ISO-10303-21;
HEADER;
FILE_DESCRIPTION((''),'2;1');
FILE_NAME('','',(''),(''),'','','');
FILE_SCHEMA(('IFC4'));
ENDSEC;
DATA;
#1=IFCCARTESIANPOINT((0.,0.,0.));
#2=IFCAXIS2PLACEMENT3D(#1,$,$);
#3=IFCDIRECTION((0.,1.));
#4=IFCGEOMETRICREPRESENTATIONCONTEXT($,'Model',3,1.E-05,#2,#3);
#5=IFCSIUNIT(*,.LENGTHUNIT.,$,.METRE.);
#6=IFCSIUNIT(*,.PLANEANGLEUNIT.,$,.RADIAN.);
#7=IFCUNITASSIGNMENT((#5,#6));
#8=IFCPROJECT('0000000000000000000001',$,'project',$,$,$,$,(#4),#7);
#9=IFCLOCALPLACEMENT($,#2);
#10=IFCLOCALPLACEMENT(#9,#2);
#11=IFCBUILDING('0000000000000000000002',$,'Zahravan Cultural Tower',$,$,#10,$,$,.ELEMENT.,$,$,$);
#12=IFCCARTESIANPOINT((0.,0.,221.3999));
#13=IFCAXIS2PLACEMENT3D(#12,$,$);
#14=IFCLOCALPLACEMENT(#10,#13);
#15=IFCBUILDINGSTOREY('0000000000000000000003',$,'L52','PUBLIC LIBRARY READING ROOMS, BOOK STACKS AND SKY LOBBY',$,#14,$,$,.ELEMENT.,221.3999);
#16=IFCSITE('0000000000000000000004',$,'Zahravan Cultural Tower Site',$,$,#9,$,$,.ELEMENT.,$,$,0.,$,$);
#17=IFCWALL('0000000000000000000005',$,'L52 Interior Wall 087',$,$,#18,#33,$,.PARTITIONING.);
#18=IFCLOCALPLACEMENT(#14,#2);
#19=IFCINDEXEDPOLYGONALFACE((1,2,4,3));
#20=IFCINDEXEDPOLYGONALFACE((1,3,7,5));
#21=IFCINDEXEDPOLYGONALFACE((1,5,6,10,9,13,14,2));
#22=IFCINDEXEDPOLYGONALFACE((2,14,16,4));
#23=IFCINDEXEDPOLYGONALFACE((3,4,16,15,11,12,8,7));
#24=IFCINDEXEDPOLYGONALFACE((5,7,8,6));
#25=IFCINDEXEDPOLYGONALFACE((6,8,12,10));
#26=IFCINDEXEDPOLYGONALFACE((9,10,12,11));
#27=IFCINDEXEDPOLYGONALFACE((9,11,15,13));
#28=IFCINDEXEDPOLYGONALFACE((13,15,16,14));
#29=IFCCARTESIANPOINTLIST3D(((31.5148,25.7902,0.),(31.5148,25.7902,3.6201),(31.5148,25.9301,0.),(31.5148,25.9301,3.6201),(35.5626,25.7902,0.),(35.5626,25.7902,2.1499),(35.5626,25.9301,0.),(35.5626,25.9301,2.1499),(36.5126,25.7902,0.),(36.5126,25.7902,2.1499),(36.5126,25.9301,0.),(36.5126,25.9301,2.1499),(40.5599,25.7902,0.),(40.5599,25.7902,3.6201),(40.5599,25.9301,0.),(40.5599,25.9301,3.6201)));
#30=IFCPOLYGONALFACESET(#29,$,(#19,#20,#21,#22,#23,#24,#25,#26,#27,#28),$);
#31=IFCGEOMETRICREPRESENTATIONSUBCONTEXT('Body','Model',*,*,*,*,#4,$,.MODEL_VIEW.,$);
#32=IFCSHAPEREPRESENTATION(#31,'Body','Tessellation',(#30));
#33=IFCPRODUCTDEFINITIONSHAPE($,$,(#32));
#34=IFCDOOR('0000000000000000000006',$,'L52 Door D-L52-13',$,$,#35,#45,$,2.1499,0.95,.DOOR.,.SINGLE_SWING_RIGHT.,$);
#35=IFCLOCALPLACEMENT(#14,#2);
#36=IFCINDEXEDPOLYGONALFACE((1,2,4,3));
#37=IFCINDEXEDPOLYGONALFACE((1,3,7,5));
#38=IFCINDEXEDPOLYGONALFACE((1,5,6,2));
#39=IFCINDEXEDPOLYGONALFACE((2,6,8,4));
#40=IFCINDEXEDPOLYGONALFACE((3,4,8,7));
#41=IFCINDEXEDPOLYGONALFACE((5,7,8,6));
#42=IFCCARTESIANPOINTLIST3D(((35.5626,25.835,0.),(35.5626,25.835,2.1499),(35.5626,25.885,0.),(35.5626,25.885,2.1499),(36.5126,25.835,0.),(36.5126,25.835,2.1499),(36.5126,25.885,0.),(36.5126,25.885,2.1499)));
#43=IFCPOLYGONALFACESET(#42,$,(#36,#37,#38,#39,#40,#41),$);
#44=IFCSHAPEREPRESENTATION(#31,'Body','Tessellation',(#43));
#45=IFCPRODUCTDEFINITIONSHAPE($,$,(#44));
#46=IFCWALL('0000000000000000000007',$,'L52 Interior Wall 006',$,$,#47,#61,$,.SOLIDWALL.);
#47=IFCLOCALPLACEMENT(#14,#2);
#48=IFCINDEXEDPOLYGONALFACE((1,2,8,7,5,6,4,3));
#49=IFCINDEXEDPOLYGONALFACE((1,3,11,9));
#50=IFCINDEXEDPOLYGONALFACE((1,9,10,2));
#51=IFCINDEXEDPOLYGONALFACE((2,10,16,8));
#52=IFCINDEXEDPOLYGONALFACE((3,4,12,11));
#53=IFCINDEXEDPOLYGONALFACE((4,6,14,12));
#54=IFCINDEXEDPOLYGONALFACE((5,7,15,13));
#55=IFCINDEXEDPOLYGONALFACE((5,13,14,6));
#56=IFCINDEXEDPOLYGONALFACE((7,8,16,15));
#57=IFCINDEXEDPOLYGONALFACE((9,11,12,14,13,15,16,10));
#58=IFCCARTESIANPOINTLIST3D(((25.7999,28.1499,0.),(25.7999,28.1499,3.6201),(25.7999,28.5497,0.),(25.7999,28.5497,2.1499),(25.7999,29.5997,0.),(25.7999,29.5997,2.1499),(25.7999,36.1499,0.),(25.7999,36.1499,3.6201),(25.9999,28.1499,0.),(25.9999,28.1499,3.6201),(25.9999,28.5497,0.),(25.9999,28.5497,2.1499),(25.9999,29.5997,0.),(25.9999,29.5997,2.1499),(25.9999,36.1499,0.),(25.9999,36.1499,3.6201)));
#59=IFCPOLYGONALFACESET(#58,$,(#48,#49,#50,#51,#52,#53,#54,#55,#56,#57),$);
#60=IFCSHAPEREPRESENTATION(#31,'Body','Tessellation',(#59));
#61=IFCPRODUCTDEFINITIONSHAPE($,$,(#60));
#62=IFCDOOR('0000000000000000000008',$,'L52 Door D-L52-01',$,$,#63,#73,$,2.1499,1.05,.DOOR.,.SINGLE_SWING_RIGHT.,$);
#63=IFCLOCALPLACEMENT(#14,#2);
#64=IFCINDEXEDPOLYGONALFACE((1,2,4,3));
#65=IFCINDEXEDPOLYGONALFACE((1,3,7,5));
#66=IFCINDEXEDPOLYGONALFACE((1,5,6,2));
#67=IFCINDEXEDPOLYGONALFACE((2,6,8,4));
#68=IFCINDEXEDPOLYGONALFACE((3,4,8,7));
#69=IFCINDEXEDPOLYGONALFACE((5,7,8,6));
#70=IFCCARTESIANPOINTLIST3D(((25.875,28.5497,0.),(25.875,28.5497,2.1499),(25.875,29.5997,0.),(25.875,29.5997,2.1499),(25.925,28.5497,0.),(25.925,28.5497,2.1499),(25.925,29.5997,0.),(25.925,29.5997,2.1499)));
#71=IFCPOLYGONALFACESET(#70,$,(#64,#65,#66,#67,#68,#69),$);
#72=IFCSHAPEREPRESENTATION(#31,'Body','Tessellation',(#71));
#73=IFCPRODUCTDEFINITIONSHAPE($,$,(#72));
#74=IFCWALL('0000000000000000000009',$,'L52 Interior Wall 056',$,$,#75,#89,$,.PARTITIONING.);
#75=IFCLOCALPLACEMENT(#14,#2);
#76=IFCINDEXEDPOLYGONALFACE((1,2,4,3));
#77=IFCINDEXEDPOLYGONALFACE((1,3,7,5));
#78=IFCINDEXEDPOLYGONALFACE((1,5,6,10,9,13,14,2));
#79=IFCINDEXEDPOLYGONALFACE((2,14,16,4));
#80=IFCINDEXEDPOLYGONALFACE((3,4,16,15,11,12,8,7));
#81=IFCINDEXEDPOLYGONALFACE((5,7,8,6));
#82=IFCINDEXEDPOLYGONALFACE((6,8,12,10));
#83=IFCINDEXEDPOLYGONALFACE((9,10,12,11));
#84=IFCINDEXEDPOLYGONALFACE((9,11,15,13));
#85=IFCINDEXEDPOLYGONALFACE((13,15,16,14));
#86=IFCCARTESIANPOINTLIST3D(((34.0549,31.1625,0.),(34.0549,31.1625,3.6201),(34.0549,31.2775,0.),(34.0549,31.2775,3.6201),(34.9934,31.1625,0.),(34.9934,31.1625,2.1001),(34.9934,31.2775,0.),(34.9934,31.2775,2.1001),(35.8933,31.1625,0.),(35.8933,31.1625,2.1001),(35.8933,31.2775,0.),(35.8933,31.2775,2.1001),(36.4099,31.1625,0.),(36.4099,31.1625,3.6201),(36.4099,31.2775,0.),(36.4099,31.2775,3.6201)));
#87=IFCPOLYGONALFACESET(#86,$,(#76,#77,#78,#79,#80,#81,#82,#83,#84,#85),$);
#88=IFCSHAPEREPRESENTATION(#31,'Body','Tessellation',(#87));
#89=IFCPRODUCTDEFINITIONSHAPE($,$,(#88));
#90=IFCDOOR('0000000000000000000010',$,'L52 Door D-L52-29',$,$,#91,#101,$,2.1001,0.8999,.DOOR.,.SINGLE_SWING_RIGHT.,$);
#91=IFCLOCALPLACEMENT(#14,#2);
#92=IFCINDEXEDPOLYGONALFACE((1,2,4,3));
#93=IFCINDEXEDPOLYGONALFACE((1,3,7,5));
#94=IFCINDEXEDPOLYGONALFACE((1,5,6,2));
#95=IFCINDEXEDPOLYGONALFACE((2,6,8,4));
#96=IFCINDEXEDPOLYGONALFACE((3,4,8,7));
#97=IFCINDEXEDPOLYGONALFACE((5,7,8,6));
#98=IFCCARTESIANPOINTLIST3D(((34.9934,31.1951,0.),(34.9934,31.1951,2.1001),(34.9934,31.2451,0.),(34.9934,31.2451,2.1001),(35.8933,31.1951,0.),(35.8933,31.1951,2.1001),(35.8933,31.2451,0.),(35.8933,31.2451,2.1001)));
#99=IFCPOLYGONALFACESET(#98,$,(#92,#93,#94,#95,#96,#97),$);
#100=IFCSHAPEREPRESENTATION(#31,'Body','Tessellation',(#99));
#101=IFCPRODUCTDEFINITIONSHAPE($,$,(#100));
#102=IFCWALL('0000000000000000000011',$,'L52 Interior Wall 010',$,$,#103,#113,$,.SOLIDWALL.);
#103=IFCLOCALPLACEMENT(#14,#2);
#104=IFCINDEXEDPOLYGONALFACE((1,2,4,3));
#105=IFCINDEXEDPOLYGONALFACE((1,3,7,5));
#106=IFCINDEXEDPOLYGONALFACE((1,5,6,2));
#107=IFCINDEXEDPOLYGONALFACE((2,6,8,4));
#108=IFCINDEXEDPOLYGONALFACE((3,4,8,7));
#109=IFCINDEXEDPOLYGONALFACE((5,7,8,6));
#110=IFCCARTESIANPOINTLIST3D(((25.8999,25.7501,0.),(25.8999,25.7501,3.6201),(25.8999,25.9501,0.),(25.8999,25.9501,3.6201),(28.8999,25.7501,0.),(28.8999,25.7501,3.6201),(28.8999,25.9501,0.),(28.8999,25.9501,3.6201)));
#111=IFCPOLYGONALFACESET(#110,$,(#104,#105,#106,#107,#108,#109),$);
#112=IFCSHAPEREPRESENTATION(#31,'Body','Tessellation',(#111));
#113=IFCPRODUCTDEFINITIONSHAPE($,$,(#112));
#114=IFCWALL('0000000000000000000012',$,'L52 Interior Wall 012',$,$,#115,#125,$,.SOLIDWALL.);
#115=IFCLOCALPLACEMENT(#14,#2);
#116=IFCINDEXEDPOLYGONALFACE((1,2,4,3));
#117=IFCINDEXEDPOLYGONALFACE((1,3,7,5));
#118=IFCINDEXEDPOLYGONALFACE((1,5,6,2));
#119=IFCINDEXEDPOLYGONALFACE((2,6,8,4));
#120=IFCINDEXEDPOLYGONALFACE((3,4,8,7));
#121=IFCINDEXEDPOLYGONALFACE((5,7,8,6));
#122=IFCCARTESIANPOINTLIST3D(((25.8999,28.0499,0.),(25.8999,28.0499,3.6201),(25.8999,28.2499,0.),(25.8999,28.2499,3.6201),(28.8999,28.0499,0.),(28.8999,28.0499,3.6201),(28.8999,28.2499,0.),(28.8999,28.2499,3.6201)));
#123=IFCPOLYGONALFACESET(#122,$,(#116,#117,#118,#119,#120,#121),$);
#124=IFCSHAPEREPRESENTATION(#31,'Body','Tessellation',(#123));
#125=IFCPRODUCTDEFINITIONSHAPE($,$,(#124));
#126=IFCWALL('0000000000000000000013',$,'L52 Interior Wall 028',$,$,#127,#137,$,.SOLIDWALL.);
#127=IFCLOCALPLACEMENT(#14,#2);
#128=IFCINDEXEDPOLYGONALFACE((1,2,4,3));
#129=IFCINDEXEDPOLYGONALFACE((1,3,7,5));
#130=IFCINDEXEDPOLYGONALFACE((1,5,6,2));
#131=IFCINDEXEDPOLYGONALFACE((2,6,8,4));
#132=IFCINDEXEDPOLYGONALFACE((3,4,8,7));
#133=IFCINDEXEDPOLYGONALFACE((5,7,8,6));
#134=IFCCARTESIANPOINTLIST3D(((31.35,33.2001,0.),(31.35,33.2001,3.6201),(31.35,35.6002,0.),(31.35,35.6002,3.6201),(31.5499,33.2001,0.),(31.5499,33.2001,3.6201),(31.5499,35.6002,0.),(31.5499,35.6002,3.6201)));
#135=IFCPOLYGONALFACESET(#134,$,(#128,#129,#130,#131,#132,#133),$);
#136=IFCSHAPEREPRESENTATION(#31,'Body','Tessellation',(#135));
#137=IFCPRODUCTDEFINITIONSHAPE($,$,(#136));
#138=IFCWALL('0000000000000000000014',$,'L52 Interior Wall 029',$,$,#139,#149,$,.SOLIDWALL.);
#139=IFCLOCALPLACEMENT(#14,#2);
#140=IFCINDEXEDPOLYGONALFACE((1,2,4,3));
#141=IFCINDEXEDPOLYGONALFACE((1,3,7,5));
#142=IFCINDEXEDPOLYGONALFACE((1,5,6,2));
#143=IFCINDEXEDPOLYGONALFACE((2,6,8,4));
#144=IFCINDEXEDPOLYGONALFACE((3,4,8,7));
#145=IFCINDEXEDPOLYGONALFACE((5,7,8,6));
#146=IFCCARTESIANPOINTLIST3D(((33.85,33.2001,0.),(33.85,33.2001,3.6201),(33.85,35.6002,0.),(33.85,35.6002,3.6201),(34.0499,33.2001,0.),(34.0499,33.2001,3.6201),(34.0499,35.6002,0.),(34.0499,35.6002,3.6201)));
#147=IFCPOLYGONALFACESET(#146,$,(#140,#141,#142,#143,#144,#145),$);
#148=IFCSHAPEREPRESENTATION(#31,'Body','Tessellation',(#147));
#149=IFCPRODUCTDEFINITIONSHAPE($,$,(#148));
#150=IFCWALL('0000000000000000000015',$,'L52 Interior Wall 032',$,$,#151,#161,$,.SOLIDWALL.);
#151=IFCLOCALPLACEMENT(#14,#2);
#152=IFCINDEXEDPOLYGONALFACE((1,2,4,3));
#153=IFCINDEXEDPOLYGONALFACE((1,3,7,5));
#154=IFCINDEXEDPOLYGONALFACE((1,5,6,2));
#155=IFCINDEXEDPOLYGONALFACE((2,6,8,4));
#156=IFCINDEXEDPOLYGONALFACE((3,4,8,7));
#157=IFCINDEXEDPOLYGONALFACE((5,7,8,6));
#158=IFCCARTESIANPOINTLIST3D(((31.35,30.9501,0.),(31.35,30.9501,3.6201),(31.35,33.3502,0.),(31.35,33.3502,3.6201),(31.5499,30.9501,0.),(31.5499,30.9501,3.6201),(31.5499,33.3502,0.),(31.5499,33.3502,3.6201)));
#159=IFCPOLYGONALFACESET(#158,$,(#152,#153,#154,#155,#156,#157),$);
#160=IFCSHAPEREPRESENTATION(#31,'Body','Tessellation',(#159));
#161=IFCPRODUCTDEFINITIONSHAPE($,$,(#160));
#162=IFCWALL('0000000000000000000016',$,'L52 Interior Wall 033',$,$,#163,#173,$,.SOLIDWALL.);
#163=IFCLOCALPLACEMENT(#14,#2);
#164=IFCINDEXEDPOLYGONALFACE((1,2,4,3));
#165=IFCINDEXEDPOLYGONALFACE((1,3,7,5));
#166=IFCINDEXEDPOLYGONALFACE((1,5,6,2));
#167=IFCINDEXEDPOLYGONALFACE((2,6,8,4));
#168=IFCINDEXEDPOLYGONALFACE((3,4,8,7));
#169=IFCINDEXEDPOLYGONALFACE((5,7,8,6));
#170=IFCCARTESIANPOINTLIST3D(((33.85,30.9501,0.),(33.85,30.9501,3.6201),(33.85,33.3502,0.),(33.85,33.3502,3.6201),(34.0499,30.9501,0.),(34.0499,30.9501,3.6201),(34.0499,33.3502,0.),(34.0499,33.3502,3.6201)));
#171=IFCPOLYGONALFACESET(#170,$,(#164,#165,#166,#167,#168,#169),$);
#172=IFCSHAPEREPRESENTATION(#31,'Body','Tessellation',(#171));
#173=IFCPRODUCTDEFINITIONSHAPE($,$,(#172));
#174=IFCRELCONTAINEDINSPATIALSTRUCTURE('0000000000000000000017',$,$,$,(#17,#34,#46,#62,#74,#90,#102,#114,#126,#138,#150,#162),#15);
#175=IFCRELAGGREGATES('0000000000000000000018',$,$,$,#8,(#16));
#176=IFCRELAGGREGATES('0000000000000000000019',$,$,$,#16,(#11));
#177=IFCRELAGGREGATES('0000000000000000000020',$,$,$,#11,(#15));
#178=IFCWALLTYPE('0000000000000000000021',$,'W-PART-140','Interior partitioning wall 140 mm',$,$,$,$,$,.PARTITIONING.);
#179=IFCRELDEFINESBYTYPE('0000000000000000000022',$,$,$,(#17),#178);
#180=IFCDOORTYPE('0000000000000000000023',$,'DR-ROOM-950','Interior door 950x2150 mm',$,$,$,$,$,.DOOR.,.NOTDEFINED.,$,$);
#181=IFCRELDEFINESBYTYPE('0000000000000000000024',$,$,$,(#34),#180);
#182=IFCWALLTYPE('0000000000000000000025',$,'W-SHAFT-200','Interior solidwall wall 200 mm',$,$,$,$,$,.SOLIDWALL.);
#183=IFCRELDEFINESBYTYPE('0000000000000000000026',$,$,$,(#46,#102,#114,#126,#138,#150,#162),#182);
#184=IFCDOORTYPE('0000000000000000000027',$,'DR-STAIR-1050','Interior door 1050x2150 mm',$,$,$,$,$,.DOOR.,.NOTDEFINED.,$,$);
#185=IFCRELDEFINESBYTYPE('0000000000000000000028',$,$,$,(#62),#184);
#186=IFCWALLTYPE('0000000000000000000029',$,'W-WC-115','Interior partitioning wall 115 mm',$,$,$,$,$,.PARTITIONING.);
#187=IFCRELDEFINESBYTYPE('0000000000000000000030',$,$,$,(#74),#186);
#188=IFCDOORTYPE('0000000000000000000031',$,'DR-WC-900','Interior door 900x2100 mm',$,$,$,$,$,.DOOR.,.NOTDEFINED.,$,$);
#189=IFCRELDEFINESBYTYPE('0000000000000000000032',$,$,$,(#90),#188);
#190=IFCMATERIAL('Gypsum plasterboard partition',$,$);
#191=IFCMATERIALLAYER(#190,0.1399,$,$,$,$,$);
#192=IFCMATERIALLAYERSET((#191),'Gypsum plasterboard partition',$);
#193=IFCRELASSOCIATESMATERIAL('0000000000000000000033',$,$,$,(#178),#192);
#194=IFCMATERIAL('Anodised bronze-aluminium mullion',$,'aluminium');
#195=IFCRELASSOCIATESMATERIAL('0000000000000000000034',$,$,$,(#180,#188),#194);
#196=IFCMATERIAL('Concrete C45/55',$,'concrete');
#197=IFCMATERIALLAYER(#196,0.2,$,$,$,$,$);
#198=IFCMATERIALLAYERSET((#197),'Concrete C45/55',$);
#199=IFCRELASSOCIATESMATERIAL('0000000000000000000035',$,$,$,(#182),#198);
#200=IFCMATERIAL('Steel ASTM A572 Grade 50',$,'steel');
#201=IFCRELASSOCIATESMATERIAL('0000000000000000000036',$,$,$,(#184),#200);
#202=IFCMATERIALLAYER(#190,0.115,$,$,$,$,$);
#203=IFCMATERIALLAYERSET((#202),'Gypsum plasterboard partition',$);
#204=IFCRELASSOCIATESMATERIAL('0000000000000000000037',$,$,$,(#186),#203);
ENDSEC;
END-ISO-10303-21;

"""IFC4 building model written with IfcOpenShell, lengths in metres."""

from ifc_helpers import new_model, si_unit, direction, frame, frame_2d, origin, place, context, subcontext, project, spatial, rectangle, extrude, source, transform, mapped, material, layer, layer_set, type_object, element, fill, save


model = new_model("IFC4")

# Units and contexts
model_context = context("Model", 3, precision=1e-05, world=origin(), true_north=direction((0.0, 1.0)))
body_context = subcontext(model_context, "Body", "Model", "MODEL_VIEW")
ifc_project = project(units=[si_unit("LENGTHUNIT", "METRE"), si_unit("PLANEANGLEUNIT", "RADIAN")], contexts=[model_context])

# Site, building, storey
site_placement = place(None, origin())
site = spatial("IfcSite", under=ifc_project, at=site_placement, Name="Zahravan Cultural Tower Site", CompositionType="ELEMENT", RefElevation=0.0)
building_placement = place(site_placement, origin())
building = spatial("IfcBuilding", under=site, at=building_placement, Name="Zahravan Cultural Tower", CompositionType="ELEMENT")
storey_placement = place(building_placement, frame((0.0, 0.0, 221.3999)))
storey = spatial("IfcBuildingStorey", under=building, at=storey_placement, Name="L52", Description="PUBLIC LIBRARY READING ROOMS, BOOK STACKS AND SKY LOBBY", CompositionType="ELEMENT", Elevation=221.3999)

# Walls, openings, doors
ifc_material_1 = material(Name="Steel ASTM A572 Grade 50", Category="steel")
ifc_material_2 = material(Name="Gypsum plasterboard partition")
ifc_layer_1 = layer(ifc_material_2, 0.1399)
ifc_layer_set_1 = layer_set([ifc_layer_1], Name="Gypsum plasterboard partition")
wall_type_1 = type_object("IfcWallType", Name="W-PART-140", Description="Interior partitioning wall 140 mm", PredefinedType="PARTITIONING", material=ifc_layer_set_1)
ifc_material_3 = material(Name="Anodised bronze-aluminium mullion", Category="aluminium")
door_type_1 = type_object("IfcDoorType", Name="DR-ROOM-950", Description="Interior door 950x2150 mm", OperationType="NOTDEFINED", PredefinedType="DOOR", material=ifc_material_3)
shared_shape_1 = source(origin(), body_context, "Body", "SweptSolid", [
    extrude(rectangle(XDim=0.95, YDim=2.1499, at=frame_2d((0.4751, 1.075))), frame((0.0, 0.0249, 0.0), z_axis=(0.0, -1.0, 0.0), x_axis=(1.0, 0.0, 0.0)), (0.0, 0.0, 1.0), 0.05),
])
wall_1_placement = place(storey_placement, frame((31.5149, 25.8601, 0.0), z_axis=(0.0, 0.0, 1.0), x_axis=(1.0, 0.0, 0.0)))
wall_1 = element("IfcWall", 1, at=wall_1_placement, inside=storey, type_object=wall_type_1, Name="L52 Interior Wall 087", PredefinedType="PARTITIONING", context=body_context, shape_type="SweptSolid", body=[
    extrude(rectangle(XDim=9.0452, YDim=0.1399, at=frame_2d((4.5225, 0.0))), origin(), (0.0, 0.0, 1.0), 3.6201),
])
opening_1_placement = place(wall_1_placement, frame((4.0476, 0.0, 0.0)))
opening_1 = element("IfcOpeningElement", 2, at=opening_1_placement, cuts=wall_1, PredefinedType="OPENING", context=body_context, shape_type="SweptSolid", body=[
    extrude(rectangle(XDim=0.95, YDim=2.1499, at=frame_2d((0.4751, 1.075))), frame((0.0, 0.0798, 0.0), z_axis=(0.0, -1.0, 0.0), x_axis=(1.0, 0.0, 0.0)), (0.0, 0.0, 1.0), 0.1599),
])
door_1_placement = place(opening_1_placement, origin())
door_1 = element("IfcDoor", 3, at=door_1_placement, inside=storey, type_object=door_type_1, Name="L52 Door D-L52-13", OperationType="SINGLE_SWING_RIGHT", OverallHeight=2.1499, OverallWidth=0.95, PredefinedType="DOOR", context=body_context, shape_type="MappedRepresentation", body=[
    mapped(shared_shape_1, transform((0.0, 0.0, 0.0), x_axis=(1.0, 0.0, 0.0), y_axis=(0.0, 1.0, 0.0), z_axis=(0.0, 0.0, 1.0), scale=1.0)),
])
fill(opening_1, door_1)
ifc_material_4 = material(Name="Concrete C45/55", Category="concrete")
ifc_layer_2 = layer(ifc_material_4, 0.2)
ifc_layer_set_2 = layer_set([ifc_layer_2], Name="Concrete C45/55")
wall_type_2 = type_object("IfcWallType", Name="W-SHAFT-200", Description="Interior solidwall wall 200 mm", PredefinedType="SOLIDWALL", material=ifc_layer_set_2)
wall_2_placement = place(storey_placement, frame((25.8999, 28.1499, 0.0), z_axis=(0.0, 0.0, 1.0), x_axis=(0.0, 1.0, 0.0)))
wall_2 = element("IfcWall", 4, at=wall_2_placement, inside=storey, type_object=wall_type_2, Name="L52 Interior Wall 006", PredefinedType="SOLIDWALL", context=body_context, shape_type="SweptSolid", body=[
    extrude(rectangle(XDim=8.0, YDim=0.2, at=frame_2d((4.0, 0.0))), origin(), (0.0, 0.0, 1.0), 3.6201),
])
opening_2_placement = place(wall_2_placement, frame((0.3999, 0.0, 0.0)))
opening_2 = element("IfcOpeningElement", 5, at=opening_2_placement, cuts=wall_2, PredefinedType="OPENING", context=body_context, shape_type="SweptSolid", body=[
    extrude(rectangle(XDim=1.05, YDim=2.1499, at=frame_2d((0.5249, 1.075))), frame((0.0, 0.1099, 0.0), z_axis=(0.0, -1.0, 0.0), x_axis=(1.0, 0.0, 0.0)), (0.0, 0.0, 1.0), 0.22),
])
door_type_2 = type_object("IfcDoorType", Name="DR-STAIR-1050", Description="Interior door 1050x2150 mm", OperationType="NOTDEFINED", PredefinedType="DOOR", material=ifc_material_1)
shared_shape_2 = source(origin(), body_context, "Body", "SweptSolid", [
    extrude(rectangle(XDim=1.05, YDim=2.1499, at=frame_2d((0.5249, 1.075))), frame((0.0, 0.0249, 0.0), z_axis=(0.0, -1.0, 0.0), x_axis=(1.0, 0.0, 0.0)), (0.0, 0.0, 1.0), 0.05),
])
door_2_placement = place(opening_2_placement, origin())
door_2 = element("IfcDoor", 6, at=door_2_placement, inside=storey, type_object=door_type_2, Name="L52 Door D-L52-01", OperationType="SINGLE_SWING_RIGHT", OverallHeight=2.1499, OverallWidth=1.05, PredefinedType="DOOR", context=body_context, shape_type="MappedRepresentation", body=[
    mapped(shared_shape_2, transform((0.0, 0.0, 0.0), x_axis=(1.0, 0.0, 0.0), y_axis=(0.0, 1.0, 0.0), z_axis=(0.0, 0.0, 1.0), scale=1.0)),
])
fill(opening_2, door_2)
ifc_layer_3 = layer(ifc_material_2, 0.115)
ifc_layer_set_3 = layer_set([ifc_layer_3], Name="Gypsum plasterboard partition")
wall_type_3 = type_object("IfcWallType", Name="W-WC-115", Description="Interior partitioning wall 115 mm", PredefinedType="PARTITIONING", material=ifc_layer_set_3)
wall_3_placement = place(storey_placement, frame((36.4099, 31.22, 0.0), z_axis=(0.0, 0.0, 1.0), x_axis=(-1.0, 0.0, 0.0)))
wall_3 = element("IfcWall", 7, at=wall_3_placement, inside=storey, type_object=wall_type_3, Name="L52 Interior Wall 056", PredefinedType="PARTITIONING", context=body_context, shape_type="SweptSolid", body=[
    extrude(rectangle(XDim=2.355, YDim=0.115, at=frame_2d((1.1775, 0.0))), origin(), (0.0, 0.0, 1.0), 3.6201),
])
opening_3_placement = place(wall_3_placement, frame((0.5166, 0.0, 0.0)))
opening_3 = element("IfcOpeningElement", 8, at=opening_3_placement, cuts=wall_3, PredefinedType="OPENING", context=body_context, shape_type="SweptSolid", body=[
    extrude(rectangle(XDim=0.8999, YDim=2.1001, at=frame_2d((0.45, 1.05))), frame((0.0, 0.0674, 0.0), z_axis=(0.0, -1.0, 0.0), x_axis=(1.0, 0.0, 0.0)), (0.0, 0.0, 1.0), 0.135),
])
door_type_3 = type_object("IfcDoorType", Name="DR-WC-900", Description="Interior door 900x2100 mm", OperationType="NOTDEFINED", PredefinedType="DOOR", material=ifc_material_3)
shared_shape_3 = source(origin(), body_context, "Body", "SweptSolid", [
    extrude(rectangle(XDim=0.8999, YDim=2.1001, at=frame_2d((0.45, 1.05))), frame((0.0, 0.0249, 0.0), z_axis=(0.0, -1.0, 0.0), x_axis=(1.0, 0.0, 0.0)), (0.0, 0.0, 1.0), 0.05),
])
door_3_placement = place(opening_3_placement, origin())
door_3 = element("IfcDoor", 9, at=door_3_placement, inside=storey, type_object=door_type_3, Name="L52 Door D-L52-29", OperationType="SINGLE_SWING_RIGHT", OverallHeight=2.1001, OverallWidth=0.8999, PredefinedType="DOOR", context=body_context, shape_type="MappedRepresentation", body=[
    mapped(shared_shape_3, transform((0.0, 0.0, 0.0), x_axis=(1.0, 0.0, 0.0), y_axis=(0.0, 1.0, 0.0), z_axis=(0.0, 0.0, 1.0), scale=1.0)),
])
fill(opening_3, door_3)

# Walls
shared_shape_4 = source(origin(), body_context, "Body", "SweptSolid", [
    extrude(rectangle(XDim=3.0, YDim=0.2, at=frame_2d((1.5, 0.0))), origin(), (0.0, 0.0, 1.0), 3.6201),
])
for number, where, z_axis, x_axis, name in (
    (10, (25.8999, 25.8501, 0.0), (0.0, 0.0, 1.0), (1.0, 0.0, 0.0), "L52 Interior Wall 010"),
    (11, (25.8999, 28.1499, 0.0), (0.0, 0.0, 1.0), (1.0, 0.0, 0.0), "L52 Interior Wall 012"),
):
    element("IfcWall", number, at=place(storey_placement, frame(where, z_axis=z_axis, x_axis=x_axis)), inside=storey, type_object=wall_type_2, Name=name, PredefinedType="SOLIDWALL", context=body_context, shape_type="MappedRepresentation", body=[
        mapped(shared_shape_4, transform((0.0, 0.0, 0.0), x_axis=(1.0, 0.0, 0.0), y_axis=(0.0, 1.0, 0.0), z_axis=(0.0, 0.0, 1.0), scale=1.0)),
    ])
shared_shape_5 = source(origin(), body_context, "Body", "SweptSolid", [
    extrude(rectangle(XDim=2.4001, YDim=0.2, at=frame_2d((1.2002, 0.0))), origin(), (0.0, 0.0, 1.0), 3.6201),
])
for number, where, z_axis, x_axis, name in (
    (12, (31.45, 33.2, 0.0), (0.0, 0.0, 1.0), (0.0, 1.0, 0.0), "L52 Interior Wall 028"),
    (13, (33.95, 33.2, 0.0), (0.0, 0.0, 1.0), (0.0, 1.0, 0.0), "L52 Interior Wall 029"),
    (14, (31.45, 30.95, 0.0), (0.0, 0.0, 1.0), (0.0, 1.0, 0.0), "L52 Interior Wall 032"),
    (15, (33.95, 30.95, 0.0), (0.0, 0.0, 1.0), (0.0, 1.0, 0.0), "L52 Interior Wall 033"),
):
    element("IfcWall", number, at=place(storey_placement, frame(where, z_axis=z_axis, x_axis=x_axis)), inside=storey, type_object=wall_type_2, Name=name, PredefinedType="SOLIDWALL", context=body_context, shape_type="MappedRepresentation", body=[
        mapped(shared_shape_5, transform((0.0, 0.0, 0.0), x_axis=(1.0, 0.0, 0.0), y_axis=(0.0, 1.0, 0.0), z_axis=(0.0, 0.0, 1.0), scale=1.0)),
    ])

save(model, "model.ifc")
